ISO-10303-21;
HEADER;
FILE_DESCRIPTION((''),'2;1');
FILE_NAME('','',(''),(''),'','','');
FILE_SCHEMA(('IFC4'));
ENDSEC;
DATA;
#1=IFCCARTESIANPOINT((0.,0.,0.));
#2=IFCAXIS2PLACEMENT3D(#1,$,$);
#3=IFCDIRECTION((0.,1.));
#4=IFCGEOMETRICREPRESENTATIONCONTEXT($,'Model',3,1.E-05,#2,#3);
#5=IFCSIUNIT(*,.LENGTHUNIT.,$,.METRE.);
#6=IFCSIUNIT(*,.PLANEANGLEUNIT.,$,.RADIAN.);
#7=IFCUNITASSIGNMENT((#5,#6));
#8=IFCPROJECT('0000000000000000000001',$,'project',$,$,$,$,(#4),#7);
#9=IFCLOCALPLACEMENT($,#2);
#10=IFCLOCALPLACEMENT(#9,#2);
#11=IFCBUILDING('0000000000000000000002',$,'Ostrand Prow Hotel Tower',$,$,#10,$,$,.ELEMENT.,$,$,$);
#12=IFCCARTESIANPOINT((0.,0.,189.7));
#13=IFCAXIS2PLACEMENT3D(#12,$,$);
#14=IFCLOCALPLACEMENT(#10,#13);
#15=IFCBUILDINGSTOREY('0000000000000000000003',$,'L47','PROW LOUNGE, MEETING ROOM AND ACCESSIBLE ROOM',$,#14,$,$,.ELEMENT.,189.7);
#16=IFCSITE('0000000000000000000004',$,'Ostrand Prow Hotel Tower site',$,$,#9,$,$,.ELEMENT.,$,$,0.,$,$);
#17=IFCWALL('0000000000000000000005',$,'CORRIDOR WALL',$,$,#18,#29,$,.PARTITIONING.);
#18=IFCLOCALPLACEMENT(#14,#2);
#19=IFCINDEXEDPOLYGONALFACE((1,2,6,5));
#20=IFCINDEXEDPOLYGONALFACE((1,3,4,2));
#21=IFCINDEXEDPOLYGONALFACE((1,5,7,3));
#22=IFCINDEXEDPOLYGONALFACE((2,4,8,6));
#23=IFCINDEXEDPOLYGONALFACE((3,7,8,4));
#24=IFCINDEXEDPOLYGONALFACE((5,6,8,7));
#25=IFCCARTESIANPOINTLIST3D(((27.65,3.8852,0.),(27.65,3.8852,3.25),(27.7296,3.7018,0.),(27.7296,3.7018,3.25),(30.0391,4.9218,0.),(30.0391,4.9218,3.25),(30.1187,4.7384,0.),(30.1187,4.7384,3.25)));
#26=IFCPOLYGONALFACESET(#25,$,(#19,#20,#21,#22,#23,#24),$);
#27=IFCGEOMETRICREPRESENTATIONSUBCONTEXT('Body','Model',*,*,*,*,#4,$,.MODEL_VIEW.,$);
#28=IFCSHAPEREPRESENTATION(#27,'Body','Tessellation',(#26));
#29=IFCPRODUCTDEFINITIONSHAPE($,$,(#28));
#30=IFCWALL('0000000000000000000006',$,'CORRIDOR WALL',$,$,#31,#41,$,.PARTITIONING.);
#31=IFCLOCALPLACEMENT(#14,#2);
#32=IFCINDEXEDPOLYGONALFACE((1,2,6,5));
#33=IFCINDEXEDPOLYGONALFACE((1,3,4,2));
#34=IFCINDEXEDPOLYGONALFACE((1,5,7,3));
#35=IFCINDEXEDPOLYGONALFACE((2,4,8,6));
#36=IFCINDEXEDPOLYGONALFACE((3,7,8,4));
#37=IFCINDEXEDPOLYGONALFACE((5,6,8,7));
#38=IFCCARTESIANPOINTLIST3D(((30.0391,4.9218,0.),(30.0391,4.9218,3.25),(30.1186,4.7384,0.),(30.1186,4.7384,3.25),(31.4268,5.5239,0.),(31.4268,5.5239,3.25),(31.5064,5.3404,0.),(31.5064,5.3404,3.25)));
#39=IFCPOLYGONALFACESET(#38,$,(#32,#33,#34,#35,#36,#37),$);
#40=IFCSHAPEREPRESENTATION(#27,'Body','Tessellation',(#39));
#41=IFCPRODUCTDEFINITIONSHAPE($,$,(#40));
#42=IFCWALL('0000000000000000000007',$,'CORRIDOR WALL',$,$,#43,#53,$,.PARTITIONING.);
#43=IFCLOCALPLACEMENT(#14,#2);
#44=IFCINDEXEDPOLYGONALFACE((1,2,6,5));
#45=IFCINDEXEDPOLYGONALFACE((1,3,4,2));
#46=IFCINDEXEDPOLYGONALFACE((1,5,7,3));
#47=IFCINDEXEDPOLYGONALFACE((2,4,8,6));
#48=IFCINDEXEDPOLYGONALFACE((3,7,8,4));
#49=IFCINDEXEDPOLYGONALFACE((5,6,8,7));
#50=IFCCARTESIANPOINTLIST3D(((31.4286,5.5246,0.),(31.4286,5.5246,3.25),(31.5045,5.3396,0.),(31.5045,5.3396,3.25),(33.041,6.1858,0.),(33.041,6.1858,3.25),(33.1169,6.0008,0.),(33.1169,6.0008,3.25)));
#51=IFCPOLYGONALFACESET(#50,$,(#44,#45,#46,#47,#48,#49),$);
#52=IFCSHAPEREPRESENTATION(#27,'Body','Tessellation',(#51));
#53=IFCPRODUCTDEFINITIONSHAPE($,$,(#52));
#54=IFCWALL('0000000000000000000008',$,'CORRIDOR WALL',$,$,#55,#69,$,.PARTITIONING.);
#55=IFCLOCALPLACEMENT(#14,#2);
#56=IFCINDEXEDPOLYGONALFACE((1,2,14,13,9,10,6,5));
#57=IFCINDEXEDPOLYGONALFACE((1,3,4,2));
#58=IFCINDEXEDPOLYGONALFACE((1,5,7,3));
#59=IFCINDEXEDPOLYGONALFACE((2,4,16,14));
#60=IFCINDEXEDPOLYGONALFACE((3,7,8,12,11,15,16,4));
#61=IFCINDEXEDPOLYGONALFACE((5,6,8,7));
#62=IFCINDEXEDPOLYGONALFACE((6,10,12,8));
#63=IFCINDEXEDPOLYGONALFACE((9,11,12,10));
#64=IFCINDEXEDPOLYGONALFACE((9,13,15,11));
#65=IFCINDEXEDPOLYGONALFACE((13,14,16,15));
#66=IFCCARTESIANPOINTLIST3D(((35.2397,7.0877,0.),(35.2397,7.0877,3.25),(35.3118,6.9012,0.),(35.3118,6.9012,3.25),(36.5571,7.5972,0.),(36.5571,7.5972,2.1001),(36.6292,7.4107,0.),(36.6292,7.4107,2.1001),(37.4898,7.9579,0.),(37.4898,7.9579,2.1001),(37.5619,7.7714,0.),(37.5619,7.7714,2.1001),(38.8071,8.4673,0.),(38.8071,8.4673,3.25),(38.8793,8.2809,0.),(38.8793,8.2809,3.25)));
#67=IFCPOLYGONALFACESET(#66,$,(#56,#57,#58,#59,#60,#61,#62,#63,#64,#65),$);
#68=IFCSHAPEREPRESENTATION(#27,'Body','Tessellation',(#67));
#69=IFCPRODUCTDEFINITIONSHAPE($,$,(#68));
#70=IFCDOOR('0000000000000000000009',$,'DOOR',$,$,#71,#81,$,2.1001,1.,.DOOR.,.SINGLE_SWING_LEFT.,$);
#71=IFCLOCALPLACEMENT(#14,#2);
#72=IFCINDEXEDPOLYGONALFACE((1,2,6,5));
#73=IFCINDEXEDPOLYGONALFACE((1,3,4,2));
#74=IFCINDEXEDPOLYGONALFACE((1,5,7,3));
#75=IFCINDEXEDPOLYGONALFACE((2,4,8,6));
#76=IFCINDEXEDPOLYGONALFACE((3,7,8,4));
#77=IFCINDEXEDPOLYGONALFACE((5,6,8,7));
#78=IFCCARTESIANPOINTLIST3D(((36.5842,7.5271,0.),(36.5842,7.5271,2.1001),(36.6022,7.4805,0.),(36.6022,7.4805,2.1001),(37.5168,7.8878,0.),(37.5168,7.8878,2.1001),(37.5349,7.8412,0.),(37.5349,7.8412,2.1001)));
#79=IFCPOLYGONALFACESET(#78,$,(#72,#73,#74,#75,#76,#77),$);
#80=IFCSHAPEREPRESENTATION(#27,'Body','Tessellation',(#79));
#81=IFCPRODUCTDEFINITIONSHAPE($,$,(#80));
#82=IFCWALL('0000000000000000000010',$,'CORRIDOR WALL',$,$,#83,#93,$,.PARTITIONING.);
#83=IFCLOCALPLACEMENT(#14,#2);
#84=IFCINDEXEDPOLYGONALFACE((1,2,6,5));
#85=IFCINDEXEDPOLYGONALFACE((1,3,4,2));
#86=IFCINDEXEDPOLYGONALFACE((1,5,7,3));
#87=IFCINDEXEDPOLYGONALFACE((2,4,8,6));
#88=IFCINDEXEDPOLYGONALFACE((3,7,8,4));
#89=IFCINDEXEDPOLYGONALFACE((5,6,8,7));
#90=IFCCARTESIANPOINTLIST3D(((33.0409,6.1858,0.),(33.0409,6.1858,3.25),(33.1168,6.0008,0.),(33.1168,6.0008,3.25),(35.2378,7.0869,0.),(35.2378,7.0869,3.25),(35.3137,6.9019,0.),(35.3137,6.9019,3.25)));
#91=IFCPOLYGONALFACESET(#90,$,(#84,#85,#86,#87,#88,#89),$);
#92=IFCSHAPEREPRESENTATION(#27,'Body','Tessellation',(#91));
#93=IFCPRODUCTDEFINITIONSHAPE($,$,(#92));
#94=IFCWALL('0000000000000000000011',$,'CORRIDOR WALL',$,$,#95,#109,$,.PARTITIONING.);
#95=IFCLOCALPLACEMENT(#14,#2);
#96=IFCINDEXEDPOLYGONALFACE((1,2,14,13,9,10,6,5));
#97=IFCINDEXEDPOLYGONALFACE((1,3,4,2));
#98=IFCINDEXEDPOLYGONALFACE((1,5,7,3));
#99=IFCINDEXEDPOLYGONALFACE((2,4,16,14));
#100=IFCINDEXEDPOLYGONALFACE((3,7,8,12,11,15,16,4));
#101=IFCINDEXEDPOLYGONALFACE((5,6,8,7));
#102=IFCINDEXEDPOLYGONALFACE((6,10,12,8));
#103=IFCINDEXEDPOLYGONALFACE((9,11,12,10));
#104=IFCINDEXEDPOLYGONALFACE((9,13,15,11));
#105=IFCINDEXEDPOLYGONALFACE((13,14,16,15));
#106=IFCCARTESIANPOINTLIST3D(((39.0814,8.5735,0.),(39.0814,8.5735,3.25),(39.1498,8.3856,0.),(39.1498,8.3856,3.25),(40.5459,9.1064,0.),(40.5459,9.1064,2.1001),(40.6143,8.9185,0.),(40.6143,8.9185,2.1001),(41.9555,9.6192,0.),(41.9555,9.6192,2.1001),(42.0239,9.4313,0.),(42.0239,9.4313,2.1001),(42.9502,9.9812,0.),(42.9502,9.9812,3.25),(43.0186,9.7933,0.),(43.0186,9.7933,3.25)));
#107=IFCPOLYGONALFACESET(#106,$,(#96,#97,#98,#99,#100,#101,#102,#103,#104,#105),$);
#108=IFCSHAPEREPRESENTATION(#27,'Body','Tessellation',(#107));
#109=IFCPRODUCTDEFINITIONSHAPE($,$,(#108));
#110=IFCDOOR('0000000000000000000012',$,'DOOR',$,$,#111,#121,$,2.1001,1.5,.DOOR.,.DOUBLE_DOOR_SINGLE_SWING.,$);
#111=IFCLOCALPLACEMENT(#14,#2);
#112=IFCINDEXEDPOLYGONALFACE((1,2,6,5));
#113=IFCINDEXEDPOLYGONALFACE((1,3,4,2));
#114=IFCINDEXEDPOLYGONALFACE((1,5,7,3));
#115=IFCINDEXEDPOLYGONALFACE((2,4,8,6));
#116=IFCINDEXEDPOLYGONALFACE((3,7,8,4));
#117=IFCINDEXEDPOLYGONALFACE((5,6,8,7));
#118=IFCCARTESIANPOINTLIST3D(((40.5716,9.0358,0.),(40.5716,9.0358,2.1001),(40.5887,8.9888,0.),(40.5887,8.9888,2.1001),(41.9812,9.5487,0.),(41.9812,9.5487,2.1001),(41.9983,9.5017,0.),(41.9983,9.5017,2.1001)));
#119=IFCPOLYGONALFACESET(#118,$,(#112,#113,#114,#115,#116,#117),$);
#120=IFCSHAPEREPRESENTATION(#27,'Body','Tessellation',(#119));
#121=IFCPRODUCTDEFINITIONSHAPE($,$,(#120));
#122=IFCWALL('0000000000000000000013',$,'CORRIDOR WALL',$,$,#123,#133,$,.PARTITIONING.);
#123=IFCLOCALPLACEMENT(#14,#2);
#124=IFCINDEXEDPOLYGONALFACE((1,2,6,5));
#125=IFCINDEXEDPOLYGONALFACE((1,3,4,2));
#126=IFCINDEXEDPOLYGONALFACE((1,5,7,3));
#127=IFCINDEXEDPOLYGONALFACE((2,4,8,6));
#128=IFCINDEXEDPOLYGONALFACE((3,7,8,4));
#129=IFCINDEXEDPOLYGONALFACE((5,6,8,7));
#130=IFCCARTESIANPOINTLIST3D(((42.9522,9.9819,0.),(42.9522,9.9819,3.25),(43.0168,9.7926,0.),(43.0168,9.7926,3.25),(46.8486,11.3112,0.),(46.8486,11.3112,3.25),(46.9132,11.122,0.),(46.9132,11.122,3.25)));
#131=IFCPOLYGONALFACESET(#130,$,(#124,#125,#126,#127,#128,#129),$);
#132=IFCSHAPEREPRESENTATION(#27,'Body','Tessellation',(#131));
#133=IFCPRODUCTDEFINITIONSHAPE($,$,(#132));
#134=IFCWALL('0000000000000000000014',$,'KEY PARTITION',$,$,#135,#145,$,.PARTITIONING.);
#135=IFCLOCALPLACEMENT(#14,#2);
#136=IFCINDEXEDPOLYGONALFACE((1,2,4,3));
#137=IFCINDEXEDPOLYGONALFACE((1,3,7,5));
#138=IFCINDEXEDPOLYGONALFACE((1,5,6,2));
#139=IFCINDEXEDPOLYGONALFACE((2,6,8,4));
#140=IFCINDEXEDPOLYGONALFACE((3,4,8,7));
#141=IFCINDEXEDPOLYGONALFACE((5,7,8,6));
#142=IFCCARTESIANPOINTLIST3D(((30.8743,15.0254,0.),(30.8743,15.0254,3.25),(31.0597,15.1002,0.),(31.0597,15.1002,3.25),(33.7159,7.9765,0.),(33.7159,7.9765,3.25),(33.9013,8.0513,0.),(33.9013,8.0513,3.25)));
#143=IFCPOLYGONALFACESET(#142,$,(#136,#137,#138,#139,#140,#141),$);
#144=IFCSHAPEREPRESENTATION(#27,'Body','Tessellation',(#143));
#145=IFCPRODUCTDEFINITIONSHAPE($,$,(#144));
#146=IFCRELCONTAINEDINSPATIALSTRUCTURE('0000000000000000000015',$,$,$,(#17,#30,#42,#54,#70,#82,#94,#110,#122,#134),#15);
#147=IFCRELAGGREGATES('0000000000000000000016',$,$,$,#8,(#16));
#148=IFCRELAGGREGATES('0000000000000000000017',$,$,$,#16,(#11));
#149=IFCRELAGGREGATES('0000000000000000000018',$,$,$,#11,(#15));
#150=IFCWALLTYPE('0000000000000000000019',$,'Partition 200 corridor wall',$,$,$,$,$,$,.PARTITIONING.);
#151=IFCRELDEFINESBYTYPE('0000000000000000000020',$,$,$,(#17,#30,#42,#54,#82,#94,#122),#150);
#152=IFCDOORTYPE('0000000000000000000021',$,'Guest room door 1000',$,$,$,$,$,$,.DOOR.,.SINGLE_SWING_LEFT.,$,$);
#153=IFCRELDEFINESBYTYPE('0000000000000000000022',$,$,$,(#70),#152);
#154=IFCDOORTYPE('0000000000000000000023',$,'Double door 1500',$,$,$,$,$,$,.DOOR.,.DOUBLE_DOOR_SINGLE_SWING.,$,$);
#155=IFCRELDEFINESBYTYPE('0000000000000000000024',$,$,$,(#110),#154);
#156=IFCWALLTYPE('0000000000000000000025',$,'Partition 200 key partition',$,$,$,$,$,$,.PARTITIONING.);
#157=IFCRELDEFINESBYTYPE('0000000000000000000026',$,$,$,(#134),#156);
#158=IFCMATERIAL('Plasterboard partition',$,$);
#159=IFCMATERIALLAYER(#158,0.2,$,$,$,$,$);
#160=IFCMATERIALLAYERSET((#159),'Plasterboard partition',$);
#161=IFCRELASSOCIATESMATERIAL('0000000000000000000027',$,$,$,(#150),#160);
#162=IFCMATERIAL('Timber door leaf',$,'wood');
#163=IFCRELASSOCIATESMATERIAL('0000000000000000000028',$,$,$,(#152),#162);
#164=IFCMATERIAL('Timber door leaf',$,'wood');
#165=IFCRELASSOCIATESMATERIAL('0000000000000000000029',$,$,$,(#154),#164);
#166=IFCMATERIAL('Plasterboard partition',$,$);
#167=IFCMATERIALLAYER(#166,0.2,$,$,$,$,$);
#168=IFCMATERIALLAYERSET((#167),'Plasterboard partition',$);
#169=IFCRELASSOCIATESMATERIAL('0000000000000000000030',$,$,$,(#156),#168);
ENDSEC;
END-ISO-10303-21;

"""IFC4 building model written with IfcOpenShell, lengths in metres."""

from ifc_helpers import new_model, si_unit, direction, frame, frame_2d, origin, place, context, subcontext, project, spatial, rectangle, extrude, material, layer, layer_set, type_object, element, fill, save


model = new_model("IFC4")

# Units and contexts
model_context = context("Model", 3, precision=1e-05, world=origin(), true_north=direction((0.0, 1.0)))
body_context = subcontext(model_context, "Body", "Model", "MODEL_VIEW")
ifc_project = project(units=[si_unit("LENGTHUNIT", "METRE"), si_unit("PLANEANGLEUNIT", "RADIAN")], contexts=[model_context])

# Site, building, storey
site_placement = place(None, origin())
site = spatial("IfcSite", under=ifc_project, at=site_placement, Name="Ostrand Prow Hotel Tower site", CompositionType="ELEMENT", RefElevation=0.0)
building_placement = place(site_placement, origin())
building = spatial("IfcBuilding", under=site, at=building_placement, Name="Ostrand Prow Hotel Tower", CompositionType="ELEMENT")
storey_placement = place(building_placement, frame((0.0, 0.0, 189.7)))
storey = spatial("IfcBuildingStorey", under=building, at=storey_placement, Name="L47", Description="PROW LOUNGE, MEETING ROOM AND ACCESSIBLE ROOM", CompositionType="ELEMENT", Elevation=189.7)

# Shared definitions
ifc_material_1 = material(Name="Plasterboard partition")
ifc_layer_1 = layer(ifc_material_1, 0.2)
ifc_layer_set_1 = layer_set([ifc_layer_1], Name="Plasterboard partition")
wall_type_1 = type_object("IfcWallType", Name="Partition 200 corridor wall", PredefinedType="PARTITIONING", material=ifc_layer_set_1)
ifc_material_2 = material(Name="Timber door leaf", Category="wood")
door_type_1 = type_object("IfcDoorType", Name="Guest room door 1000", OperationType="SINGLE_SWING_LEFT", PredefinedType="DOOR", material=ifc_material_2)

# Walls
wall_1_placement = place(storey_placement, frame((27.6897, 3.7935, 0.0), z_axis=(0.0, 0.0, 1.0), x_axis=(0.917371, 0.398034, 0.0)))
element("IfcWall", 1, at=wall_1_placement, inside=storey, type_object=wall_type_1, Name="CORRIDOR WALL", PredefinedType="PARTITIONING", context=body_context, shape_type="SweptSolid", body=[
    extrude(rectangle(XDim=2.6042, YDim=0.2, at=frame_2d((1.3022, 0.0))), origin(), (0.0, 0.0, 1.0), 3.25),
])
wall_2_placement = place(storey_placement, frame((30.0789, 4.8301, 0.0), z_axis=(0.0, 0.0, 1.0), x_axis=(0.917383, 0.398006, 0.0)))
element("IfcWall", 2, at=wall_2_placement, inside=storey, type_object=wall_type_1, Name="CORRIDOR WALL", PredefinedType="PARTITIONING", context=body_context, shape_type="SweptSolid", body=[
    extrude(rectangle(XDim=1.5127, YDim=0.2, at=frame_2d((0.7563, 0.0))), origin(), (0.0, 0.0, 1.0), 3.25),
])
wall_3_placement = place(storey_placement, frame((31.4666, 5.4321, 0.0), z_axis=(0.0, 0.0, 1.0), x_axis=(0.925234, 0.379396, 0.0)))
element("IfcWall", 3, at=wall_3_placement, inside=storey, type_object=wall_type_1, Name="CORRIDOR WALL", PredefinedType="PARTITIONING", context=body_context, shape_type="SweptSolid", body=[
    extrude(rectangle(XDim=1.7427, YDim=0.2, at=frame_2d((0.8713, 0.0))), origin(), (0.0, 0.0, 1.0), 3.25),
])

# Wall, opening, door
wall_4_placement = place(storey_placement, frame((35.2756, 6.9944, 0.0), z_axis=(0.0, 0.0, 1.0), x_axis=(0.932681, 0.360702, 0.0)))
wall_4 = element("IfcWall", 4, at=wall_4_placement, inside=storey, type_object=wall_type_1, Name="CORRIDOR WALL", PredefinedType="PARTITIONING", context=body_context, shape_type="SweptSolid", body=[
    extrude(rectangle(XDim=3.825, YDim=0.2, at=frame_2d((1.9126, 0.0))), origin(), (0.0, 0.0, 1.0), 3.25),
])
opening_1_placement = place(wall_4_placement, frame((1.4126, 0.0, 0.0)))
opening_1 = element("IfcOpeningElement", 5, at=opening_1_placement, cuts=wall_4, PredefinedType="OPENING", context=body_context, shape_type="SweptSolid", body=[
    extrude(rectangle(XDim=1.0, YDim=2.1001, at=frame_2d((0.5, 1.05))), frame((0.0, 0.1099, 0.0), z_axis=(0.0, -1.0, 0.0), x_axis=(1.0, 0.0, 0.0)), (0.0, 0.0, 1.0), 0.22),
])
door_1_placement = place(opening_1_placement, origin())
door_1 = element("IfcDoor", 6, at=door_1_placement, inside=storey, type_object=door_type_1, Name="DOOR", OperationType="SINGLE_SWING_LEFT", OverallHeight=2.1001, OverallWidth=1.0, PredefinedType="DOOR", context=body_context, shape_type="SweptSolid", body=[
    extrude(rectangle(XDim=1.0, YDim=2.1001, at=frame_2d((0.5, 1.05))), frame((0.0, 0.0249, 0.0), z_axis=(0.0, -1.0, 0.0), x_axis=(1.0, 0.0, 0.0)), (0.0, 0.0, 1.0), 0.05),
])
fill(opening_1, door_1)

# Wall
wall_5_placement = place(storey_placement, frame((33.0789, 6.0933, 0.0), z_axis=(0.0, 0.0, 1.0), x_axis=(0.925186, 0.379513, 0.0)))
element("IfcWall", 7, at=wall_5_placement, inside=storey, type_object=wall_type_1, Name="CORRIDOR WALL", PredefinedType="PARTITIONING", context=body_context, shape_type="SweptSolid", body=[
    extrude(rectangle(XDim=2.3745, YDim=0.2, at=frame_2d((1.1873, 0.0))), origin(), (0.0, 0.0, 1.0), 3.25),
])

# Wall, opening, door
wall_6_placement = place(storey_placement, frame((39.1155, 8.4795, 0.0), z_axis=(0.0, 0.0, 1.0), x_axis=(0.939728, 0.341924, 0.0)))
wall_6 = element("IfcWall", 8, at=wall_6_placement, inside=storey, type_object=wall_type_1, Name="CORRIDOR WALL", PredefinedType="PARTITIONING", context=body_context, shape_type="SweptSolid", body=[
    extrude(rectangle(XDim=4.1169, YDim=0.2, at=frame_2d((2.0586, 0.0))), origin(), (0.0, 0.0, 1.0), 3.25),
])
opening_2_placement = place(wall_6_placement, frame((1.5586, 0.0, 0.0)))
opening_2 = element("IfcOpeningElement", 9, at=opening_2_placement, cuts=wall_6, PredefinedType="OPENING", context=body_context, shape_type="SweptSolid", body=[
    extrude(rectangle(XDim=1.5, YDim=2.1001, at=frame_2d((0.75, 1.05))), frame((0.0, 0.1099, 0.0), z_axis=(0.0, -1.0, 0.0), x_axis=(1.0, 0.0, 0.0)), (0.0, 0.0, 1.0), 0.22),
])
ifc_material_3 = material(Name="Timber door leaf", Category="wood")
door_type_2 = type_object("IfcDoorType", Name="Double door 1500", OperationType="DOUBLE_DOOR_SINGLE_SWING", PredefinedType="DOOR", material=ifc_material_3)
door_2_placement = place(opening_2_placement, origin())
door_2 = element("IfcDoor", 10, at=door_2_placement, inside=storey, type_object=door_type_2, Name="DOOR", OperationType="DOUBLE_DOOR_SINGLE_SWING", OverallHeight=2.1001, OverallWidth=1.5, PredefinedType="DOOR", context=body_context, shape_type="SweptSolid", body=[
    extrude(rectangle(XDim=1.5, YDim=2.1001, at=frame_2d((0.75, 1.05))), frame((0.0, 0.0249, 0.0), z_axis=(0.0, -1.0, 0.0), x_axis=(1.0, 0.0, 0.0)), (0.0, 0.0, 1.0), 0.05),
])
fill(opening_2, door_2)

# Walls
wall_7_placement = place(storey_placement, frame((42.9844, 9.8872, 0.0), z_axis=(0.0, 0.0, 1.0), x_axis=(0.946436, 0.322891, 0.0)))
element("IfcWall", 11, at=wall_7_placement, inside=storey, type_object=wall_type_1, Name="CORRIDOR WALL", PredefinedType="PARTITIONING", context=body_context, shape_type="SweptSolid", body=[
    extrude(rectangle(XDim=4.1169, YDim=0.2, at=frame_2d((2.0586, 0.0))), origin(), (0.0, 0.0, 1.0), 3.25),
])
ifc_material_4 = material(Name="Plasterboard partition")
ifc_layer_2 = layer(ifc_material_4, 0.2)
ifc_layer_set_2 = layer_set([ifc_layer_2], Name="Plasterboard partition")
wall_type_2 = type_object("IfcWallType", Name="Partition 200 key partition", PredefinedType="PARTITIONING", material=ifc_layer_set_2)
wall_8_placement = place(storey_placement, frame((33.8086, 8.0139, 0.0), z_axis=(0.0, 0.0, 1.0), x_axis=(-0.373887, 0.927474, 0.0)))
element("IfcWall", 12, at=wall_8_placement, inside=storey, type_object=wall_type_2, Name="KEY PARTITION", PredefinedType="PARTITIONING", context=body_context, shape_type="SweptSolid", body=[
    extrude(rectangle(XDim=7.6001, YDim=0.2, at=frame_2d((3.8, 0.0))), origin(), (0.0, 0.0, 1.0), 3.25),
])

save(model, "model.ifc")
